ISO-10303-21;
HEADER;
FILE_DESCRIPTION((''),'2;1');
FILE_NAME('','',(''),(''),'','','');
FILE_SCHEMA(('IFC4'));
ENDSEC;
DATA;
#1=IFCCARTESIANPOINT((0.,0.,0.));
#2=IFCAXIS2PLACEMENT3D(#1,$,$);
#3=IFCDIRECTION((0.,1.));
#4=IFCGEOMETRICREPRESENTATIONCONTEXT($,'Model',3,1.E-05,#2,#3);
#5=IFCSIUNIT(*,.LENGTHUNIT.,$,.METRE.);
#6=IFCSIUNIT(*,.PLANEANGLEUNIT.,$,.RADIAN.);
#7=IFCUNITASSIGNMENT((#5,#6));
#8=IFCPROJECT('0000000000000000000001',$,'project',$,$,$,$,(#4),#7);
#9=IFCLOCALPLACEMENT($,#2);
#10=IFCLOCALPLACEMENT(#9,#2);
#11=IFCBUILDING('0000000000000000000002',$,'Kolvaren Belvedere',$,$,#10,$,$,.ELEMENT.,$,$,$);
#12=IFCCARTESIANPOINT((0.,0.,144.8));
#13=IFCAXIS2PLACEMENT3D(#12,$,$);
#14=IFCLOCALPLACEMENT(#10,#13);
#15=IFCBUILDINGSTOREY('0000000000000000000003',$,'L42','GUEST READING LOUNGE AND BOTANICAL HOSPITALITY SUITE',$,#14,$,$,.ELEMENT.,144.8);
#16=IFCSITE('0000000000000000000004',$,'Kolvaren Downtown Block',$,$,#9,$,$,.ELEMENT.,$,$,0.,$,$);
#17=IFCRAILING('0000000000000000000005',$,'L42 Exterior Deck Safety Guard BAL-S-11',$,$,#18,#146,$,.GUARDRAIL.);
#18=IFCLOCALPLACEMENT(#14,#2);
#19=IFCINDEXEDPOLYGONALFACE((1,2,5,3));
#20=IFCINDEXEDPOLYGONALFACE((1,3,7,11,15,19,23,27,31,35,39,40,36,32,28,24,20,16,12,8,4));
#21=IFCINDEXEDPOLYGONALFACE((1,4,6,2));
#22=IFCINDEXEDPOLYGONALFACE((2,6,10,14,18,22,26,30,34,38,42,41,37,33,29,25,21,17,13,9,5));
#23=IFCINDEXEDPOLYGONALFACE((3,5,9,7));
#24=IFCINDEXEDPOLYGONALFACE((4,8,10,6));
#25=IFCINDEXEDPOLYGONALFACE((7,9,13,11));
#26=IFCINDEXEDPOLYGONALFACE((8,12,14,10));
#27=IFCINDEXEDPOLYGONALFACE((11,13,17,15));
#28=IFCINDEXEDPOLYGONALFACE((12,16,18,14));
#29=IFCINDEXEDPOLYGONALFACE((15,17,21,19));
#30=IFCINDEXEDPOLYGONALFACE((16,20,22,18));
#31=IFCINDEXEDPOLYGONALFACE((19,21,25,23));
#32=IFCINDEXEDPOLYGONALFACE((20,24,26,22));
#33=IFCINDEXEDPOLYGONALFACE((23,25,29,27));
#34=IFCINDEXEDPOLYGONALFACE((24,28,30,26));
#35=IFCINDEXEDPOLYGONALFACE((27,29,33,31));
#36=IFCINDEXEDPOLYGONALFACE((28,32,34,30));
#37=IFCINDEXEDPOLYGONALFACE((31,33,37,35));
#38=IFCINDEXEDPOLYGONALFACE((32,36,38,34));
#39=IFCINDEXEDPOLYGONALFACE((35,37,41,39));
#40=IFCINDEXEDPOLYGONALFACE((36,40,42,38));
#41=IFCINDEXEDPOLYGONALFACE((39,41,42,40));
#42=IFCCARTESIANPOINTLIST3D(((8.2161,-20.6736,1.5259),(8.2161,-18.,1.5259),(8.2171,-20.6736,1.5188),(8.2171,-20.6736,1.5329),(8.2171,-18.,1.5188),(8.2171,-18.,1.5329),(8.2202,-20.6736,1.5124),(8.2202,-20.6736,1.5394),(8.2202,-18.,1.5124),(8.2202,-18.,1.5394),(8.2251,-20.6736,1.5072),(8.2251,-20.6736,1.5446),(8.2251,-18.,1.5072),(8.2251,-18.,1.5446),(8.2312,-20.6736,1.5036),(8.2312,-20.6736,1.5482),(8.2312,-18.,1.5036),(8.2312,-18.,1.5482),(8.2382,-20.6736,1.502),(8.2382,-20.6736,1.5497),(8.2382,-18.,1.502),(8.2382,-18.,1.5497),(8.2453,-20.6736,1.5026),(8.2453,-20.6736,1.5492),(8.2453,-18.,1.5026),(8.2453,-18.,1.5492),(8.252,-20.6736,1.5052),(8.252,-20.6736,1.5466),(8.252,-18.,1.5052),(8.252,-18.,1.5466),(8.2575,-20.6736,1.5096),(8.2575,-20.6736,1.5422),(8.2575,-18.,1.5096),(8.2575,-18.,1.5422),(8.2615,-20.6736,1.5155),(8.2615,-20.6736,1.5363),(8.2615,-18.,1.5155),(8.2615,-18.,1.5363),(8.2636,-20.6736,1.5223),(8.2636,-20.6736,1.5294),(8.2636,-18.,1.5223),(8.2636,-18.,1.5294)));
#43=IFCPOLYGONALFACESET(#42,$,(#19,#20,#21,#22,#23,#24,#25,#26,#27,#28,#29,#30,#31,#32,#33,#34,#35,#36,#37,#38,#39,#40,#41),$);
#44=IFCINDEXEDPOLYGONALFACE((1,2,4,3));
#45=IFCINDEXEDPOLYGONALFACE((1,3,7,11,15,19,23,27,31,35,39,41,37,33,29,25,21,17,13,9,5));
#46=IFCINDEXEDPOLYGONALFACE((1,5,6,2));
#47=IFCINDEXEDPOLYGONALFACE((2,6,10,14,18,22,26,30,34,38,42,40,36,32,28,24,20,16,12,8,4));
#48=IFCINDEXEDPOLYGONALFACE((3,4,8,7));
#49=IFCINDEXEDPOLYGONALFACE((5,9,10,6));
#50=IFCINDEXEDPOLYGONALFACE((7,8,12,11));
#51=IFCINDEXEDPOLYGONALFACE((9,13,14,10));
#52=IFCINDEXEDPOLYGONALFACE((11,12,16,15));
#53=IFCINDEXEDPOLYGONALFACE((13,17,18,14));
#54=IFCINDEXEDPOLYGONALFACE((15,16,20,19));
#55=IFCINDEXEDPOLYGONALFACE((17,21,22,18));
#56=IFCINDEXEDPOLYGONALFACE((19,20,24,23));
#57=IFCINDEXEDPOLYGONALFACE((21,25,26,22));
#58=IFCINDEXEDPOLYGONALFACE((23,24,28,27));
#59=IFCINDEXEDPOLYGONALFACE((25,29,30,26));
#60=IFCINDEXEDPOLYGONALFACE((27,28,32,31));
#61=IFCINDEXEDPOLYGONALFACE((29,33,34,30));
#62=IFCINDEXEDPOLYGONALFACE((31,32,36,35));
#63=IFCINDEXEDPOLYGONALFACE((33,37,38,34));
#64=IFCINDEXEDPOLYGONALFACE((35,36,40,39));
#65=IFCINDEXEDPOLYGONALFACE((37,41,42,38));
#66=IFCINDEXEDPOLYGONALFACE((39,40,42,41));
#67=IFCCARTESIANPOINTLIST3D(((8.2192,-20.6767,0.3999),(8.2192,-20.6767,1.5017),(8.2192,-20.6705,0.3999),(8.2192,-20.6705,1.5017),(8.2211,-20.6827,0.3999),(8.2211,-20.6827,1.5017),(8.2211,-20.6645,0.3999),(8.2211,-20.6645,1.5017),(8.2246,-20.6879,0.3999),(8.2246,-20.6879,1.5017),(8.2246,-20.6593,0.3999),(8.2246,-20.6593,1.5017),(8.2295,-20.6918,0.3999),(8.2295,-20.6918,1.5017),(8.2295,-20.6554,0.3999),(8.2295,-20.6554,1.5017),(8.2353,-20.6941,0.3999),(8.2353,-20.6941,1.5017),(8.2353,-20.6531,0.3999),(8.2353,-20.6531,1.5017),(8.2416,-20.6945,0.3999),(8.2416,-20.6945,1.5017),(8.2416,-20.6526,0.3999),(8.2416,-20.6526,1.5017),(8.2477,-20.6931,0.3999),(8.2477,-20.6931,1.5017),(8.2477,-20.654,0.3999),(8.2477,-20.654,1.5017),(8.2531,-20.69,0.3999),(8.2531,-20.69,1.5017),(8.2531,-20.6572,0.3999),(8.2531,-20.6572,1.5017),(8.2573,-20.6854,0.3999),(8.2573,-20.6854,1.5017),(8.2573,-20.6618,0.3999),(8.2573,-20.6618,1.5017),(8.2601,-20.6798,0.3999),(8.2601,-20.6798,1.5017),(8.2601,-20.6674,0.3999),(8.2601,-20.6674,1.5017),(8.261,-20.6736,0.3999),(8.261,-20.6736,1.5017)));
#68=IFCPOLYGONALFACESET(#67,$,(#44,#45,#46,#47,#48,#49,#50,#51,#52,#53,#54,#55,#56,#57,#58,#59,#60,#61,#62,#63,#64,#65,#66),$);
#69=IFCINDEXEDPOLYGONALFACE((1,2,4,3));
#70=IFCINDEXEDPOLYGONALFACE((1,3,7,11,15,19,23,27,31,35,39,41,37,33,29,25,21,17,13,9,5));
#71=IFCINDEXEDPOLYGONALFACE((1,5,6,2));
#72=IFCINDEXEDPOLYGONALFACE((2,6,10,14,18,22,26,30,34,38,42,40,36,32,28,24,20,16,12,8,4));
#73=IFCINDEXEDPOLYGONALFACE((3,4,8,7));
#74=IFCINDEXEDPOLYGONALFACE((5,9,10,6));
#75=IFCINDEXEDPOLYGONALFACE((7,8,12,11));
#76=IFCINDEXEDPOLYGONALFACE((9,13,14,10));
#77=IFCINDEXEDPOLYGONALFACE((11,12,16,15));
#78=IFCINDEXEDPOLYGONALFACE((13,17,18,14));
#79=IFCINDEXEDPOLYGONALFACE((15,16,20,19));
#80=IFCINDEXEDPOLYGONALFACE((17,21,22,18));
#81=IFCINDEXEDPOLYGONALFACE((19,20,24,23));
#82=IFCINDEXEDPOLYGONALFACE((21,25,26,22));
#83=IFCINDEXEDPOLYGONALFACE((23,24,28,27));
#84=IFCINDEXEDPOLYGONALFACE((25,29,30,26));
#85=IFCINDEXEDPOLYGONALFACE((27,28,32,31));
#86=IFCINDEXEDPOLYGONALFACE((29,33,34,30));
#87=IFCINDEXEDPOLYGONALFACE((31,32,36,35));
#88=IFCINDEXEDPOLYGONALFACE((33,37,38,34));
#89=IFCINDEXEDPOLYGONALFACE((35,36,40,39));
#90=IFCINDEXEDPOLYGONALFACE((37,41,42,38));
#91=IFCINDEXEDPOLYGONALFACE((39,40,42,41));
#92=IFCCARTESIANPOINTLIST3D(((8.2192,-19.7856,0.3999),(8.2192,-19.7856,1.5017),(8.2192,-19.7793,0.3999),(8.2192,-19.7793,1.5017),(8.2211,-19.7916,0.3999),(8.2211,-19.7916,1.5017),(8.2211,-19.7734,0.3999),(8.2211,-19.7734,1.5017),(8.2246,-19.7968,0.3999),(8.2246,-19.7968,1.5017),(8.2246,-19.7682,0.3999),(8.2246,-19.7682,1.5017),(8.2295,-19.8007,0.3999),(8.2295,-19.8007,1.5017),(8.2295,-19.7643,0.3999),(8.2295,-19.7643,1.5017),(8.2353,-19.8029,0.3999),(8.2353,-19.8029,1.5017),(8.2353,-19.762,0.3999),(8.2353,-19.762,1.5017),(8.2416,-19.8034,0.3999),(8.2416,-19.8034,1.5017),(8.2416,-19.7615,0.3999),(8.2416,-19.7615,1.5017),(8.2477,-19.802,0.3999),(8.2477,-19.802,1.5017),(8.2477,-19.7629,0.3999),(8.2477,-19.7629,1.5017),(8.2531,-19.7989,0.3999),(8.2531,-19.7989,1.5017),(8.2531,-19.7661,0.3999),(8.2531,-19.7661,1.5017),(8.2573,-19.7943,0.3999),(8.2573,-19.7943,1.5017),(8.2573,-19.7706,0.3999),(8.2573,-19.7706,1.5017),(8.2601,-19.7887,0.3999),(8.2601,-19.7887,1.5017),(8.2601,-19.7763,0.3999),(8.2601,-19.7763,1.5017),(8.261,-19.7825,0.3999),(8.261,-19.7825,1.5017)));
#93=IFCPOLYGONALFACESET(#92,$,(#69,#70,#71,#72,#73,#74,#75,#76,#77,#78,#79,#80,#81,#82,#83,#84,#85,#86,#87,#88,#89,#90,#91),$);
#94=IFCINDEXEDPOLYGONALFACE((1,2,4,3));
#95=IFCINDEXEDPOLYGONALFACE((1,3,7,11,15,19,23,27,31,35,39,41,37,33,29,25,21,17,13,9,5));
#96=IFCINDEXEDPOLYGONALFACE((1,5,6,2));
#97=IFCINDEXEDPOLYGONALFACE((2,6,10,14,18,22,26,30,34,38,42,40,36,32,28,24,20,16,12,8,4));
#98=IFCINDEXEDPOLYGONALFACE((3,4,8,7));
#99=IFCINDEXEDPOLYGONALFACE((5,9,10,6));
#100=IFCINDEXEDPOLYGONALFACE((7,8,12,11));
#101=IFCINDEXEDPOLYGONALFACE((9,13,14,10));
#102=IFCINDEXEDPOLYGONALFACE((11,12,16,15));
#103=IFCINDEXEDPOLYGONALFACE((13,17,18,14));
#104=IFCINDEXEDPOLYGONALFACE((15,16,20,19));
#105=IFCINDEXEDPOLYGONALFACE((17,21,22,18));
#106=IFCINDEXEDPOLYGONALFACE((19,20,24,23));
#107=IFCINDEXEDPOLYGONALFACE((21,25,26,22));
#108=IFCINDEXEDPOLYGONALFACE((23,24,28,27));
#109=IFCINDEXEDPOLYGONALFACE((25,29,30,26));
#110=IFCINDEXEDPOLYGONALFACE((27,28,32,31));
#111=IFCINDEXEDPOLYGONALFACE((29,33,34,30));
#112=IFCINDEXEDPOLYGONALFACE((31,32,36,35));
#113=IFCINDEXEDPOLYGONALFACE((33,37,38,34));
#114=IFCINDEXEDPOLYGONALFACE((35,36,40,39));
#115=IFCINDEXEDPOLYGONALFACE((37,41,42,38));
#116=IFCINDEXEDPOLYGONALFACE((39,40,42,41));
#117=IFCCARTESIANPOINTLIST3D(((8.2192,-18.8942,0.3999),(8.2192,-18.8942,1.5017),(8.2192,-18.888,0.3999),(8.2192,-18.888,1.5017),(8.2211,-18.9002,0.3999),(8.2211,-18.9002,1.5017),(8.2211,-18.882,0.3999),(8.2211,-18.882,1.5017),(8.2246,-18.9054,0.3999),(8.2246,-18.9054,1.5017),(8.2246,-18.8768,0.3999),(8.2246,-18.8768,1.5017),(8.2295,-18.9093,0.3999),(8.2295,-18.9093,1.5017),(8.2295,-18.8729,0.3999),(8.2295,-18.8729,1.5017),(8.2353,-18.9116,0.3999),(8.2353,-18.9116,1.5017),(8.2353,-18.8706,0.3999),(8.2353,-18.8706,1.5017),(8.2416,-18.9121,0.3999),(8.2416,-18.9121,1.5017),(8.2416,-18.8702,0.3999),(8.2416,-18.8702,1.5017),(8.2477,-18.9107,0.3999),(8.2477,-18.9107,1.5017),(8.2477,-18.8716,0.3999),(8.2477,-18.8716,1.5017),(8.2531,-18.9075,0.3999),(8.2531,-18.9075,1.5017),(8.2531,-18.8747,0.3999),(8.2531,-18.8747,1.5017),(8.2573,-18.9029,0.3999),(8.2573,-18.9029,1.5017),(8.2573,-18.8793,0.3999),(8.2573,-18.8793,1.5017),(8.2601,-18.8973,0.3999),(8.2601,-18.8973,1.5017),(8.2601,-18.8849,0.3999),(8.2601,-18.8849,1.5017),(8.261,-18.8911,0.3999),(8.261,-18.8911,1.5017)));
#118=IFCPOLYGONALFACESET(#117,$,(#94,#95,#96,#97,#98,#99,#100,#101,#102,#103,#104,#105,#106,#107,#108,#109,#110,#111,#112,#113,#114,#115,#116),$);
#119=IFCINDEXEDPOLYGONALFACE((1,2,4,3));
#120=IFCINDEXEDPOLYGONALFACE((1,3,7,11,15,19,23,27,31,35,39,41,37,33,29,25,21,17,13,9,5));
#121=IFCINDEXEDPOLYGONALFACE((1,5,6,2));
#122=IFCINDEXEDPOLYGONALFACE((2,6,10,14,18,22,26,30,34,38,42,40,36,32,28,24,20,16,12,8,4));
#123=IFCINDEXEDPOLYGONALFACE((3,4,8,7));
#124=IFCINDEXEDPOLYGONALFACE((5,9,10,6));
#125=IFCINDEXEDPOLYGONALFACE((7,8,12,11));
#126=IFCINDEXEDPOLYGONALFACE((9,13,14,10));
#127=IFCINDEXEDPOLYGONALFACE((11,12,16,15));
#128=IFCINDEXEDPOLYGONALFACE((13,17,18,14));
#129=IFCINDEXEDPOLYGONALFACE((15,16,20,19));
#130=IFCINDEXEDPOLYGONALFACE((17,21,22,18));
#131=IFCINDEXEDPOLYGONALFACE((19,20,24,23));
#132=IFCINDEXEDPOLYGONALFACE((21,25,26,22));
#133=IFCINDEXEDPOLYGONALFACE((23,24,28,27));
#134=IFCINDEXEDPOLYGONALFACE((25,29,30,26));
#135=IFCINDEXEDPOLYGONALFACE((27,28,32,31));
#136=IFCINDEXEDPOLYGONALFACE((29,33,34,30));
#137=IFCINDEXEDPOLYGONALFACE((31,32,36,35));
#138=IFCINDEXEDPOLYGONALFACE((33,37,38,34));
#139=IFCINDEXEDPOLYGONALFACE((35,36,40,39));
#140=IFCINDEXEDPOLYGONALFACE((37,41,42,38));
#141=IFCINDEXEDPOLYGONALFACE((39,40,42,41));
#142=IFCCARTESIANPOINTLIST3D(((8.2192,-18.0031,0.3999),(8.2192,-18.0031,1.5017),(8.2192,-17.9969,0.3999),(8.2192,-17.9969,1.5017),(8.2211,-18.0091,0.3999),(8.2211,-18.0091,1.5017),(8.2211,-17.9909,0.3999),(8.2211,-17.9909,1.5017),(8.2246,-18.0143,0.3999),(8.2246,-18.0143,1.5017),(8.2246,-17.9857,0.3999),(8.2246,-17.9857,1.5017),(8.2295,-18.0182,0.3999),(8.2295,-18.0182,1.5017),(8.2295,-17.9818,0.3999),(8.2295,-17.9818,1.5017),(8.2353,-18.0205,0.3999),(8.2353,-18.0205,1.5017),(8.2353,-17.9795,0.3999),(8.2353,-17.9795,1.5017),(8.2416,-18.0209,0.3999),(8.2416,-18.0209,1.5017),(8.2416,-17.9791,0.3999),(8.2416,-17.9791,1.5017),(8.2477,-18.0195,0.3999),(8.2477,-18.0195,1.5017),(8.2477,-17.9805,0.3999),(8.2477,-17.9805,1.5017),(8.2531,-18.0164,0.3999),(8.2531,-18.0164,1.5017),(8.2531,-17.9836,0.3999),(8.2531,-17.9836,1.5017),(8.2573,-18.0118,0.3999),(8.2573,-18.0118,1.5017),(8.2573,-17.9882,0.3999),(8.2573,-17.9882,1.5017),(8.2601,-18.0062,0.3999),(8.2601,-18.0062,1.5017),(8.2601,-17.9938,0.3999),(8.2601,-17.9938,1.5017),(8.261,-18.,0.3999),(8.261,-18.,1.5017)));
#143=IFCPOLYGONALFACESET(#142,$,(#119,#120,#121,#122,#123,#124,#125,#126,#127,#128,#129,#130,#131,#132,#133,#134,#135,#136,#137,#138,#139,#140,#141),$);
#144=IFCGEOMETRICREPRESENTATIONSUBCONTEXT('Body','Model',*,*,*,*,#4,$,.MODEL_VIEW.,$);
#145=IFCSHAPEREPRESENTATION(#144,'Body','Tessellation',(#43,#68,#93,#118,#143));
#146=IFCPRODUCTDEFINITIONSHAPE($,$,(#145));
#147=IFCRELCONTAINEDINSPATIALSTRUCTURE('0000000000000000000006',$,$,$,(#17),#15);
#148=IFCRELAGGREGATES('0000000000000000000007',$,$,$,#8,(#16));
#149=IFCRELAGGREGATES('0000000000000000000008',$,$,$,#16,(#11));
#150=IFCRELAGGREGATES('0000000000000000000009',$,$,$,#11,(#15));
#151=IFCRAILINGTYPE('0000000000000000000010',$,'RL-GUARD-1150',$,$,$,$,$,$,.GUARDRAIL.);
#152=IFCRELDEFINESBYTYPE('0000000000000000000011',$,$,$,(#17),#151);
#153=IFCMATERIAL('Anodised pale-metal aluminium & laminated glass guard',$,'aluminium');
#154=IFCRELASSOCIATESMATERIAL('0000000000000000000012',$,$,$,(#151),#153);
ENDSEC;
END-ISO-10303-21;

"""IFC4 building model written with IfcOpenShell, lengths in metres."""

from ifc_helpers import new_model, si_unit, direction, frame, origin, origin_2d, place, context, subcontext, project, spatial, circle, extrude, material, type_object, element, save


model = new_model("IFC4")

# Units and contexts
model_context = context("Model", 3, precision=1e-05, world=origin(), true_north=direction((0.0, 1.0)))
body_context = subcontext(model_context, "Body", "Model", "MODEL_VIEW")
ifc_project = project(units=[si_unit("LENGTHUNIT", "METRE"), si_unit("PLANEANGLEUNIT", "RADIAN")], contexts=[model_context])

# Site, building, storey
site_placement = place(None, origin())
site = spatial("IfcSite", under=ifc_project, at=site_placement, Name="Kolvaren Downtown Block", CompositionType="ELEMENT", RefElevation=0.0)
building_placement = place(site_placement, origin())
building = spatial("IfcBuilding", under=site, at=building_placement, Name="Kolvaren Belvedere", CompositionType="ELEMENT")
storey_placement = place(building_placement, frame((0.0, 0.0, 144.8)))
storey = spatial("IfcBuildingStorey", under=building, at=storey_placement, Name="L42", Description="GUEST READING LOUNGE AND BOTANICAL HOSPITALITY SUITE", CompositionType="ELEMENT", Elevation=144.8)

# Railing
ifc_material_1 = material(Name="Anodised pale-metal aluminium & laminated glass guard", Category="aluminium")
railing_type = type_object("IfcRailingType", Name="RL-GUARD-1150", PredefinedType="GUARDRAIL", material=ifc_material_1)
railing_1_placement = place(storey_placement, frame((8.24, -20.6736, 0.3999)))
element("IfcRailing", 1, at=railing_1_placement, inside=storey, type_object=railing_type, Name="L42 Exterior Deck Safety Guard BAL-S-11", PredefinedType="GUARDRAIL", context=body_context, shape_type="SweptSolid", body=[
    extrude(circle(Radius=0.0239, at=origin_2d()), frame((0.0, 0.0, 1.126), z_axis=(0.0, 1.0, 0.0), x_axis=(-1.0, 0.0, 0.0)), (0.0, 0.0, 1.0), 2.6736),
    extrude(circle(Radius=0.021, at=origin_2d()), origin(), (0.0, 0.0, 1.0), 1.1018),
    extrude(circle(Radius=0.021, at=origin_2d()), frame((0.0, 0.8911, 0.0)), (0.0, 0.0, 1.0), 1.1018),
    extrude(circle(Radius=0.021, at=origin_2d()), frame((0.0, 1.7825, 0.0)), (0.0, 0.0, 1.0), 1.1018),
    extrude(circle(Radius=0.021, at=origin_2d()), frame((0.0, 2.6736, 0.0)), (0.0, 0.0, 1.0), 1.1018),
])

save(model, "model.ifc")
